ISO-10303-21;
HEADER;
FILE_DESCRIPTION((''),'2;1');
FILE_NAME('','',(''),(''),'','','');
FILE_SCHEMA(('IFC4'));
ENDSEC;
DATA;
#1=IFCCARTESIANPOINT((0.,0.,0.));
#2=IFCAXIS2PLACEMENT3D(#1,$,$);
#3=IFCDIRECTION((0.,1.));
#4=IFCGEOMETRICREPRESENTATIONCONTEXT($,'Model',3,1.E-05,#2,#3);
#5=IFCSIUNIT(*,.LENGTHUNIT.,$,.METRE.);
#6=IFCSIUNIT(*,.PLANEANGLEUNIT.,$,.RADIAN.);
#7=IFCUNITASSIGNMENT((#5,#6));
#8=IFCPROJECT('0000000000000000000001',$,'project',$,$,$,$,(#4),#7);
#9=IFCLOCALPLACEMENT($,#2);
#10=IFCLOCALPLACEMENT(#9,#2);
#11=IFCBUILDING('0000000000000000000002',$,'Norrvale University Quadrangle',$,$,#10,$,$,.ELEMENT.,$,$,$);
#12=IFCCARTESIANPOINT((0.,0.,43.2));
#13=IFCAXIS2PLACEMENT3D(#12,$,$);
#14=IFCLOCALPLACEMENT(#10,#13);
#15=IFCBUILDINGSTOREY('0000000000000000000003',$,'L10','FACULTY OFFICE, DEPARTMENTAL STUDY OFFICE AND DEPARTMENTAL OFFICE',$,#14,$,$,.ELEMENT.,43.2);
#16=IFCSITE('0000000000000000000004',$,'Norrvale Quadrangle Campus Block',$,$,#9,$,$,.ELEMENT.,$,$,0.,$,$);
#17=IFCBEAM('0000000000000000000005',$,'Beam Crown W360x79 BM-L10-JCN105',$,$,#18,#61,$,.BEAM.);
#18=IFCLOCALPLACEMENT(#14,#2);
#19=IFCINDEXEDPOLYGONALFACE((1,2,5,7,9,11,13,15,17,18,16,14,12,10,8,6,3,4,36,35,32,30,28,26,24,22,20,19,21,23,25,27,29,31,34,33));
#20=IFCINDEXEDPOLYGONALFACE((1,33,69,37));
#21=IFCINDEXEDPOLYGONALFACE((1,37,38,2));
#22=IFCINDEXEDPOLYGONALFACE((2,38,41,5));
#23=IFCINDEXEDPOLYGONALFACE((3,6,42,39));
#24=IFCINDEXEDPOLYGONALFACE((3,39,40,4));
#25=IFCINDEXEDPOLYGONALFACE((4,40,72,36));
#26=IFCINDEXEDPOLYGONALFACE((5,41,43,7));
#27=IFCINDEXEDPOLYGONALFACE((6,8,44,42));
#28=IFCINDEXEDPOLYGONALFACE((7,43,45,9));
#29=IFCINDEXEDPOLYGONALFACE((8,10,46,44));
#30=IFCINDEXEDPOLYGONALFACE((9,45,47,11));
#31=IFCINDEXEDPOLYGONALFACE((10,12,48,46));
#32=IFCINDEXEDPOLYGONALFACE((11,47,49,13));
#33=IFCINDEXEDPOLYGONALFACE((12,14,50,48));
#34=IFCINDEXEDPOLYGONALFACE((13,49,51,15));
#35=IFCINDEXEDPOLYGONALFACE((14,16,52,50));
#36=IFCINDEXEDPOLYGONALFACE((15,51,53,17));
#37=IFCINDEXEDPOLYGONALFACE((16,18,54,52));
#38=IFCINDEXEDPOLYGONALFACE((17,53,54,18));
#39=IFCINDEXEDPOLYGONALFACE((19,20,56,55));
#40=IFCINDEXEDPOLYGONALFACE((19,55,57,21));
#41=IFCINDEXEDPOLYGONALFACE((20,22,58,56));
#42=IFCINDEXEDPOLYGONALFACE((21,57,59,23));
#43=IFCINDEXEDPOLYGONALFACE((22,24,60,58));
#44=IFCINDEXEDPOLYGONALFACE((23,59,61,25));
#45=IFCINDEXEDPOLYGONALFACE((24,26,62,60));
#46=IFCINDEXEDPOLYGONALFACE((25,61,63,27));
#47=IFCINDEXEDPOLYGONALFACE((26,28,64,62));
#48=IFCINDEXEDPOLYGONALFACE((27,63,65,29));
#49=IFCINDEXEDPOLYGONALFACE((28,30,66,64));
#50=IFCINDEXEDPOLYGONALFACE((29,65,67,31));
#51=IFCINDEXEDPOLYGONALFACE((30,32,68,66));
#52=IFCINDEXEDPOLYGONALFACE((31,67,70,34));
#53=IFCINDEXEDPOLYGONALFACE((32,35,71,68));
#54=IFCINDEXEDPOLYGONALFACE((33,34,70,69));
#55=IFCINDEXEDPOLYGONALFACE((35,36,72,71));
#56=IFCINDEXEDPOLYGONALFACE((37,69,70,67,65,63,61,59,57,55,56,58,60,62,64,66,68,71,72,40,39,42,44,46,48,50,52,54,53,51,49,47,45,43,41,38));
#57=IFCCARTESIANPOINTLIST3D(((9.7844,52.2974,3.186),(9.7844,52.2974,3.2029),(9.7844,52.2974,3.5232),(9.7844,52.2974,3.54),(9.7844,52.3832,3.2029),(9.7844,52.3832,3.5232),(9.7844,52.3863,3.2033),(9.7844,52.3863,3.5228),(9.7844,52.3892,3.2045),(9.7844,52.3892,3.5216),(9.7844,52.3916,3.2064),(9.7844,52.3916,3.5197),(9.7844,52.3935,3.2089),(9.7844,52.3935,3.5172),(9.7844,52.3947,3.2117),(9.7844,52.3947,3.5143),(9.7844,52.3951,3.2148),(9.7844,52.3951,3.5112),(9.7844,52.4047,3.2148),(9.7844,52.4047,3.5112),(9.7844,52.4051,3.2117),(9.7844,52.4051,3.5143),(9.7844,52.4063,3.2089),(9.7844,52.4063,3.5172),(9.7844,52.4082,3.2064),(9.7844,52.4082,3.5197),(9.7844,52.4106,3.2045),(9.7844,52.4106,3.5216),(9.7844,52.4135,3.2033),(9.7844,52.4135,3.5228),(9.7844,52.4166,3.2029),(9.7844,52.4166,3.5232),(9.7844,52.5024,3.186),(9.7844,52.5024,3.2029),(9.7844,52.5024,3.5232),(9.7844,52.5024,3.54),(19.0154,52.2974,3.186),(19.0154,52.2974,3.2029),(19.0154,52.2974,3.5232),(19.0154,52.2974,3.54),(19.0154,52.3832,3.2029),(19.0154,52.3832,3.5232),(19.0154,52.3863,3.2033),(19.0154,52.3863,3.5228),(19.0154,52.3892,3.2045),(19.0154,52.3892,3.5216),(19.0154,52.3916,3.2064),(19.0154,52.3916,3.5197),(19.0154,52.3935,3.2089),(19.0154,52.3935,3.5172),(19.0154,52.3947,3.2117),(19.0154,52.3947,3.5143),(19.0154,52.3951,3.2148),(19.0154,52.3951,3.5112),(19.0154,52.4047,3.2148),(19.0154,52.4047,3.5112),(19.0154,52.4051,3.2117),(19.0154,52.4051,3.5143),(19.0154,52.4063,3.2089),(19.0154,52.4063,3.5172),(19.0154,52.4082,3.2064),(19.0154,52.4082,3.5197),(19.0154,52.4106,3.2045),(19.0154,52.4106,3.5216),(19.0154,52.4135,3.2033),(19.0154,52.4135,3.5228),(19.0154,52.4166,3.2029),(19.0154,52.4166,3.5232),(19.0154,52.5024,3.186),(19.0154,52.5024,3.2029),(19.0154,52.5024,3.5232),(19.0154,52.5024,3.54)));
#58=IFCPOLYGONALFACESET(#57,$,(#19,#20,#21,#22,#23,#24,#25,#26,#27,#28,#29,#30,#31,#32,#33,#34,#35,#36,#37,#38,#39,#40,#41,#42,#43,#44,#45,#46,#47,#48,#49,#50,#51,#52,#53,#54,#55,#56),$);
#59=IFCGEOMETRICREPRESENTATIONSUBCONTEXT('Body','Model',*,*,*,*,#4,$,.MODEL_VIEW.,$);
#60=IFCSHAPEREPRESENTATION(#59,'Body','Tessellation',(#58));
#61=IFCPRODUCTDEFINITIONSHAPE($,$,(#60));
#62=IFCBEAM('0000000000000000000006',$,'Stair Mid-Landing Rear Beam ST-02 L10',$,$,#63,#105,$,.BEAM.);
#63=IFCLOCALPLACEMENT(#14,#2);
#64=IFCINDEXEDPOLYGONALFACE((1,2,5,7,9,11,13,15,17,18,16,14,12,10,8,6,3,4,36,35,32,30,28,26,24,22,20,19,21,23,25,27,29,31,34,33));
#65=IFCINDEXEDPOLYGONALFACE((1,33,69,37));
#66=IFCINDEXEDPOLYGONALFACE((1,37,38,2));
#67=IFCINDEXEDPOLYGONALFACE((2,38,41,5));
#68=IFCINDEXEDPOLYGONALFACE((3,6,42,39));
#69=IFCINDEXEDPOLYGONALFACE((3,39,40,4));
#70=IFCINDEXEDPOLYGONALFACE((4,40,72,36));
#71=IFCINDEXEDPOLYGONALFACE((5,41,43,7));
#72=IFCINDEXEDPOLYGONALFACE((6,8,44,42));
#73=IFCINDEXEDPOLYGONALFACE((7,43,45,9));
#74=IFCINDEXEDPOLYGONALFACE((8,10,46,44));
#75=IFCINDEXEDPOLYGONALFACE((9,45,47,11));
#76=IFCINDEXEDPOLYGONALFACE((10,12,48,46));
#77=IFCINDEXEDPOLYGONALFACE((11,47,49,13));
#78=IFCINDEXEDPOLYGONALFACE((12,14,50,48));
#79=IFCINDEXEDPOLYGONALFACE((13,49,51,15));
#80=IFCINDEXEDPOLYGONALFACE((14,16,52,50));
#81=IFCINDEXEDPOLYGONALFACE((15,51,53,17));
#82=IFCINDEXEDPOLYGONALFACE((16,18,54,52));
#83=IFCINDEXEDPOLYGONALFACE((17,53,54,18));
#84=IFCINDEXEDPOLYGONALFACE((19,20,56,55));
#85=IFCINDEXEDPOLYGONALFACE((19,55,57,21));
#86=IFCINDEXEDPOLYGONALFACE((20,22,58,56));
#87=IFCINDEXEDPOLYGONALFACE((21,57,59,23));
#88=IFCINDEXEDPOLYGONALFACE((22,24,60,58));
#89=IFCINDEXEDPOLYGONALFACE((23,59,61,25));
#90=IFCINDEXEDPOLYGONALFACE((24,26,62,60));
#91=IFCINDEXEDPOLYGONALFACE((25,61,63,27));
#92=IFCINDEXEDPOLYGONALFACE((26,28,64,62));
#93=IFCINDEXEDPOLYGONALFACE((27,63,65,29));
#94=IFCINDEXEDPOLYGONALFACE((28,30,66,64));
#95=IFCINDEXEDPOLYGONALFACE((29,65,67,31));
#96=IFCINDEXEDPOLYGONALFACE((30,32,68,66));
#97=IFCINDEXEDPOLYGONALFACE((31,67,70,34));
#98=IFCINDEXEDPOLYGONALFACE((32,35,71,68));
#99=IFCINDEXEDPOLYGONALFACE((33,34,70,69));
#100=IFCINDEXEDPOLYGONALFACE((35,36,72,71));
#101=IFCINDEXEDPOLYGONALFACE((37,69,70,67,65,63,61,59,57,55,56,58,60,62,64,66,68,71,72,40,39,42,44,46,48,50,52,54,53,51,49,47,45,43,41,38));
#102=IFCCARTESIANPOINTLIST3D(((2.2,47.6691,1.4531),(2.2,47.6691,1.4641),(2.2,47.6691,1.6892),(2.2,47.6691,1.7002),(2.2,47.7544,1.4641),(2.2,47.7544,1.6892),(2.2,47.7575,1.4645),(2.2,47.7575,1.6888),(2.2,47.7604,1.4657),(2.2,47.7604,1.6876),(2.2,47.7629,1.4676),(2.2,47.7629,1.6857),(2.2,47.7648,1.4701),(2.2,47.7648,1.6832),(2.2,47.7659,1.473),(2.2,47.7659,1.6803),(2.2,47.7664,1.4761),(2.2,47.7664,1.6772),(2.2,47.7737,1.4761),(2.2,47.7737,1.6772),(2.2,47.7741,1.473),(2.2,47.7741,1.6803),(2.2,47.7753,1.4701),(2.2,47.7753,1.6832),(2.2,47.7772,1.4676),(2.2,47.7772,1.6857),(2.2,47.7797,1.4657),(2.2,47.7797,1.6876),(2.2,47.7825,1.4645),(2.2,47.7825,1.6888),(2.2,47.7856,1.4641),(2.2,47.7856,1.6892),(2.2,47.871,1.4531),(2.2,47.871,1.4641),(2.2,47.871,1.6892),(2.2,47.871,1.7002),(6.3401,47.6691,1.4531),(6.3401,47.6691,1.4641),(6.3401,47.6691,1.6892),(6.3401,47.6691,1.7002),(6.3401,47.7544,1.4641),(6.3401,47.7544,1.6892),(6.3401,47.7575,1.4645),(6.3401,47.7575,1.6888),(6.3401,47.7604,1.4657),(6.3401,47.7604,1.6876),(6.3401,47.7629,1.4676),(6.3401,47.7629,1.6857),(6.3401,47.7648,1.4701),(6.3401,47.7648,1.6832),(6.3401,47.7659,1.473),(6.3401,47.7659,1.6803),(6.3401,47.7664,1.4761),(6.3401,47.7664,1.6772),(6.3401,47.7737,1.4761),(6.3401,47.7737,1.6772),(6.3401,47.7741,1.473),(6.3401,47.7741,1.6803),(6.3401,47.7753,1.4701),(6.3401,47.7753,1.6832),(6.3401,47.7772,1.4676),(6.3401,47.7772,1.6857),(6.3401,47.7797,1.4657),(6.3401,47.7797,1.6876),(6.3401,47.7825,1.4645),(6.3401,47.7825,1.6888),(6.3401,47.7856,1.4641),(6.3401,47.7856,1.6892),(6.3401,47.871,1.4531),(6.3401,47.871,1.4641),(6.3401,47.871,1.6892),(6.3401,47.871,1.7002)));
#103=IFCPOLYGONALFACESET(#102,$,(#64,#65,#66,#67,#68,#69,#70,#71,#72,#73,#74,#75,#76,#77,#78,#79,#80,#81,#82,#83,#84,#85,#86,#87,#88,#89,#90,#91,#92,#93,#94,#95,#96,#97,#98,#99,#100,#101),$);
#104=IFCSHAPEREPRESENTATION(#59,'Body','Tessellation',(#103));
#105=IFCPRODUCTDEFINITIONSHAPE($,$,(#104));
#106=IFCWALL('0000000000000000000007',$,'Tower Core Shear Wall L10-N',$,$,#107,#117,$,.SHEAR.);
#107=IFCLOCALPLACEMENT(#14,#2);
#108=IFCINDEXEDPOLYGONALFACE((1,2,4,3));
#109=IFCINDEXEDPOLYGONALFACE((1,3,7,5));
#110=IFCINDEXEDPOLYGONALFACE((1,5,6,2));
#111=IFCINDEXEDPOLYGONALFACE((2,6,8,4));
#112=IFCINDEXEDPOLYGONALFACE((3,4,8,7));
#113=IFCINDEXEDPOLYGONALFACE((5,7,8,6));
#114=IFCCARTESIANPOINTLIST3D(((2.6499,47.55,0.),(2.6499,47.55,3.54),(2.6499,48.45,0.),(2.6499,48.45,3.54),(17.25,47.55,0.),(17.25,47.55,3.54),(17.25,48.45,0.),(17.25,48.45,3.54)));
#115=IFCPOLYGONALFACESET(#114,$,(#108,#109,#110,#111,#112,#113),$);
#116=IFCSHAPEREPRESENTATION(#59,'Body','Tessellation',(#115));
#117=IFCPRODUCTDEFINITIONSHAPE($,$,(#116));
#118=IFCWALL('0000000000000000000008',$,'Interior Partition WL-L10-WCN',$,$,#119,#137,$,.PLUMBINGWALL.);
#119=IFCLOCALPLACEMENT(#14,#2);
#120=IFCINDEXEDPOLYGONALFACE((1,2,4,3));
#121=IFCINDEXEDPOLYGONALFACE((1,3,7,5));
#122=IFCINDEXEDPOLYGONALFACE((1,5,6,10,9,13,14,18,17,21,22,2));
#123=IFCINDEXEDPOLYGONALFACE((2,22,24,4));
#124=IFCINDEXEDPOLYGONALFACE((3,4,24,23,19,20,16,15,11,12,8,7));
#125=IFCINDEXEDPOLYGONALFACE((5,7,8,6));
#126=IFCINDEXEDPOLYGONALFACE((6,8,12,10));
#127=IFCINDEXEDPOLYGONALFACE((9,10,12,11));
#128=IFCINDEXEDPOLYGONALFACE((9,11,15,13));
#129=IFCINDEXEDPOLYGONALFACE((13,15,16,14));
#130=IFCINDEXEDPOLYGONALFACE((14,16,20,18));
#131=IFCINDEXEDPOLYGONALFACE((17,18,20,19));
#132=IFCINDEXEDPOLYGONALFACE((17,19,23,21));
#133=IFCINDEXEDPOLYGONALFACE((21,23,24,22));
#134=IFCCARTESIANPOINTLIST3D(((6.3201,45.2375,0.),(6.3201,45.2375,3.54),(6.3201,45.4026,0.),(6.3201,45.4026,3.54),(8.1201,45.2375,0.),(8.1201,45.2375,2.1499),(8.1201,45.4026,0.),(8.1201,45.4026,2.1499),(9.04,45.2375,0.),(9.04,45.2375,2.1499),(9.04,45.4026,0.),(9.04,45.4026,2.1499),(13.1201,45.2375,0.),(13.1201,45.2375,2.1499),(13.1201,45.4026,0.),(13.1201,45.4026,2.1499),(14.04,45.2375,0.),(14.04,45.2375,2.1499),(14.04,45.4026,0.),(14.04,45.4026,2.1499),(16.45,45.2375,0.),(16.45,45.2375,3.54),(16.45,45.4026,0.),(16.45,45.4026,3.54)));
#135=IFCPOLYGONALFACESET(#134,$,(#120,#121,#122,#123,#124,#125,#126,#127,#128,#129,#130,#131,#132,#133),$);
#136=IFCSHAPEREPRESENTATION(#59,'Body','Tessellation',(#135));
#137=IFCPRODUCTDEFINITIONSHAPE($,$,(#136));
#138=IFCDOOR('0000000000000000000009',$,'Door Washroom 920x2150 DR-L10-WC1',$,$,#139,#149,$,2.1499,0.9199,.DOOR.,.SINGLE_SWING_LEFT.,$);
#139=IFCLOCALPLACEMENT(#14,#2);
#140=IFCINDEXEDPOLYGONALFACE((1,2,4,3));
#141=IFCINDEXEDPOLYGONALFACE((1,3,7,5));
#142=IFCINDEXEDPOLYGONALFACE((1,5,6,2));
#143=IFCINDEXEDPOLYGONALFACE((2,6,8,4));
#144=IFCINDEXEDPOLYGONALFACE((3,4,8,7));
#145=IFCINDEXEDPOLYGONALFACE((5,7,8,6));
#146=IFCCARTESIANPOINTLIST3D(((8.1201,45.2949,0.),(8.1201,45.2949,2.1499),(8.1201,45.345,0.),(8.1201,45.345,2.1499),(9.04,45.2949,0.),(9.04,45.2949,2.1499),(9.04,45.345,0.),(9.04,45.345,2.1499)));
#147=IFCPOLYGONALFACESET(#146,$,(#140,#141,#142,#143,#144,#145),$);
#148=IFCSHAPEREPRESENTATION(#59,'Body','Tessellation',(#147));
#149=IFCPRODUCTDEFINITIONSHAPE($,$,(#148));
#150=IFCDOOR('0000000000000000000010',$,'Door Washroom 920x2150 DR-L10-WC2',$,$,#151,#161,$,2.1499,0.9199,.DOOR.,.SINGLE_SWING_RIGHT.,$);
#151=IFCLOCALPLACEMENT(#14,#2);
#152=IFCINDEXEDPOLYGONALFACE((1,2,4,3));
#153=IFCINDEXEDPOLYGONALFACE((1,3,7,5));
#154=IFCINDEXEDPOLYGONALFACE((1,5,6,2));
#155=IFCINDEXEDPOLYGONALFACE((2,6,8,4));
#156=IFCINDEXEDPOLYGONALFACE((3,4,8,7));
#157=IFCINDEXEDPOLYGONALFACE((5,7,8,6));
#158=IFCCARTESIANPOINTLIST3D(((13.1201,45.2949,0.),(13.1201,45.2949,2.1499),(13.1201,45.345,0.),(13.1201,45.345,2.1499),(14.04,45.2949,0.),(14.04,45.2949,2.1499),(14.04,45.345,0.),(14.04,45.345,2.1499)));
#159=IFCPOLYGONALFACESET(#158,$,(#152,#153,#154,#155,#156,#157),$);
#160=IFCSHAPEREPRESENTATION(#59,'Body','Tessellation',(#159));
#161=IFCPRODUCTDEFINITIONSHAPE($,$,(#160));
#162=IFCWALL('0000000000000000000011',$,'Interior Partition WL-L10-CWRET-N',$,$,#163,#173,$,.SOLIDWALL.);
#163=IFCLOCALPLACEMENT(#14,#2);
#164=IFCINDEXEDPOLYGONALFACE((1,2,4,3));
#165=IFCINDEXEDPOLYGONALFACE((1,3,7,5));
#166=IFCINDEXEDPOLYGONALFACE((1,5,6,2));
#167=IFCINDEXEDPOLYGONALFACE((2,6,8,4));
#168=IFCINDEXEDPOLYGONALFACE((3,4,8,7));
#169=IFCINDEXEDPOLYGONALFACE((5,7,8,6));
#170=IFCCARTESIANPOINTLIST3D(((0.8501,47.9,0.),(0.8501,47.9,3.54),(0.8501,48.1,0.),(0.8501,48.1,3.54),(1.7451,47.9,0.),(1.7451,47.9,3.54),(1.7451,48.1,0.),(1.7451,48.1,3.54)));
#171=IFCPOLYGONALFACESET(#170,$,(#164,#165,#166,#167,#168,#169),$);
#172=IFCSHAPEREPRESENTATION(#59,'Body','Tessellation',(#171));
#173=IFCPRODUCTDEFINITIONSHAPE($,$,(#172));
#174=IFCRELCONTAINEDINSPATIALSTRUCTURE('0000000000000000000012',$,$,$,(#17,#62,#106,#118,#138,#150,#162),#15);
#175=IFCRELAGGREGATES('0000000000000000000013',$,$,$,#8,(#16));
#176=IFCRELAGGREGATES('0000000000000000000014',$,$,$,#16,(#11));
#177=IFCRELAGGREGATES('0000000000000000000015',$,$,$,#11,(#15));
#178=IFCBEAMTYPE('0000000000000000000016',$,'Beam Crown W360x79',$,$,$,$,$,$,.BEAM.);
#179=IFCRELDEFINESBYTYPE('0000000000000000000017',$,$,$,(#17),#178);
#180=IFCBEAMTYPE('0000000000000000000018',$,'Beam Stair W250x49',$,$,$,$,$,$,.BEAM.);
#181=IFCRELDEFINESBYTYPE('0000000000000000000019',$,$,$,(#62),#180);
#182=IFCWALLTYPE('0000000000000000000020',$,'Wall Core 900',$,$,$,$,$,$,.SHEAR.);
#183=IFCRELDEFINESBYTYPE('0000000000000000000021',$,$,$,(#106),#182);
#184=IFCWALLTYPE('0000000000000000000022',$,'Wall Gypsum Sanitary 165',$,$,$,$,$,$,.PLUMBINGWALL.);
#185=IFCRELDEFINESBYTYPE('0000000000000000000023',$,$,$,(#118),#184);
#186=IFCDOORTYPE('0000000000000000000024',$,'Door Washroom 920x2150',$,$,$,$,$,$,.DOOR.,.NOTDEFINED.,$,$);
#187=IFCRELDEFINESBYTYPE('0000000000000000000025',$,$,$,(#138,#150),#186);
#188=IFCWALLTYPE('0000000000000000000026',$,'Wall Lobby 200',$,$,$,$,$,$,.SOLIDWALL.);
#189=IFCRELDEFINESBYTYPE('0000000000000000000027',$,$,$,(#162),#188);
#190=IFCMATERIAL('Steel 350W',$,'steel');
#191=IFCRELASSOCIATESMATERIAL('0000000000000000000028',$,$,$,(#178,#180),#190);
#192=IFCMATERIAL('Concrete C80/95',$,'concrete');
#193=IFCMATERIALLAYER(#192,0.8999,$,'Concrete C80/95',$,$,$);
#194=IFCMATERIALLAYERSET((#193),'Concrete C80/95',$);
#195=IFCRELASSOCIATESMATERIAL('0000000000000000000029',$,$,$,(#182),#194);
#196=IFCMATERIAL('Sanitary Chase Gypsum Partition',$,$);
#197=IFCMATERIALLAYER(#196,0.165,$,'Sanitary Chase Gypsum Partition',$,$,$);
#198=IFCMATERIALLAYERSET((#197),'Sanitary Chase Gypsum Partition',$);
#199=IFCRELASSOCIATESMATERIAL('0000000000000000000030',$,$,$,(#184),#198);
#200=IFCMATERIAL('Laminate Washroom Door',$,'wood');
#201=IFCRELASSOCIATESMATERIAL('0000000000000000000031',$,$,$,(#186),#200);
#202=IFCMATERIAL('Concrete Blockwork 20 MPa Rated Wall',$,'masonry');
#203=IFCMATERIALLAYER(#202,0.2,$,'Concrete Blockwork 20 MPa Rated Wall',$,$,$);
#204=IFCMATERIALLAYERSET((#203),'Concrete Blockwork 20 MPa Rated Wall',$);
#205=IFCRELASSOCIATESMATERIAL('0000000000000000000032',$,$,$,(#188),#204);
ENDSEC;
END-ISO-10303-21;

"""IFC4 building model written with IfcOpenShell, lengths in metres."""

from ifc_helpers import new_model, si_unit, direction, frame, frame_2d, origin, origin_2d, place, context, subcontext, project, spatial, rectangle, i_section, extrude, material, layer, layer_set, material_profile, profile_set, type_object, element, fill, save


model = new_model("IFC4")

# Units and contexts
model_context = context("Model", 3, precision=1e-05, world=origin(), true_north=direction((0.0, 1.0)))
body_context = subcontext(model_context, "Body", "Model", "MODEL_VIEW")
ifc_project = project(units=[si_unit("LENGTHUNIT", "METRE"), si_unit("PLANEANGLEUNIT", "RADIAN")], contexts=[model_context])

# Site, building, storey
site_placement = place(None, origin())
site = spatial("IfcSite", under=ifc_project, at=site_placement, Name="Norrvale Quadrangle Campus Block", CompositionType="ELEMENT", RefElevation=0.0)
building_placement = place(site_placement, origin())
building = spatial("IfcBuilding", under=site, at=building_placement, Name="Norrvale University Quadrangle", CompositionType="ELEMENT")
storey_placement = place(building_placement, frame((0.0, 0.0, 43.2)))
storey = spatial("IfcBuildingStorey", under=building, at=storey_placement, Name="L10", Description="FACULTY OFFICE, DEPARTMENTAL STUDY OFFICE AND DEPARTMENTAL OFFICE", CompositionType="ELEMENT", Elevation=43.2)

# Shared definitions
ifc_material_1 = material(Name="Concrete C80/95", Category="concrete")

# Beams
ifc_material_2 = material(Name="Steel 350W", Category="steel")
ifc_material_profile_1 = material_profile(ifc_material_2, i_section(OverallWidth=0.2051, OverallDepth=0.354, WebThickness=0.0095, FlangeThickness=0.0168, FilletRadius=0.012, at=origin_2d()), Name="Steel 350W")
ifc_profile_set_1 = profile_set([ifc_material_profile_1], Name="Steel 350W")
beam_type_1 = type_object("IfcBeamType", Name="Beam Crown W360x79", PredefinedType="BEAM", material=ifc_profile_set_1)
beam_1_placement = place(storey_placement, frame((9.7844, 52.3999, 3.363), z_axis=(1.0, 0.0, 0.0), x_axis=(0.0, 1.0, 0.0)))
element("IfcBeam", 1, at=beam_1_placement, inside=storey, type_object=beam_type_1, Name="Beam Crown W360x79 BM-L10-JCN105", PredefinedType="BEAM", context=body_context, shape_type="SweptSolid", body=[
    extrude(i_section(OverallWidth=0.2051, OverallDepth=0.354, WebThickness=0.0095, FlangeThickness=0.0168, FilletRadius=0.012, at=origin_2d()), origin(), (0.0, 0.0, 1.0), 9.231),
])
ifc_material_profile_2 = material_profile(ifc_material_2, i_section(OverallWidth=0.2019, OverallDepth=0.2471, WebThickness=0.0073, FlangeThickness=0.011, FilletRadius=0.012, at=origin_2d()), Name="Steel 350W")
ifc_profile_set_2 = profile_set([ifc_material_profile_2], Name="Steel 350W")
beam_type_2 = type_object("IfcBeamType", Name="Beam Stair W250x49", PredefinedType="BEAM", material=ifc_profile_set_2)
beam_2_placement = place(storey_placement, frame((2.2, 47.77, 1.5767), z_axis=(1.0, 0.0, 0.0), x_axis=(0.0, 1.0, 0.0)))
element("IfcBeam", 2, at=beam_2_placement, inside=storey, type_object=beam_type_2, Name="Stair Mid-Landing Rear Beam ST-02 L10", PredefinedType="BEAM", context=body_context, shape_type="SweptSolid", body=[
    extrude(i_section(OverallWidth=0.2019, OverallDepth=0.2471, WebThickness=0.0073, FlangeThickness=0.011, FilletRadius=0.012, at=origin_2d()), origin(), (0.0, 0.0, 1.0), 4.1401),
])

# Wall
ifc_layer_1 = layer(ifc_material_1, 0.8999, Name="Concrete C80/95")
ifc_layer_set_1 = layer_set([ifc_layer_1], Name="Concrete C80/95")
wall_type_1 = type_object("IfcWallType", Name="Wall Core 900", PredefinedType="SHEAR", material=ifc_layer_set_1)
wall_1_placement = place(storey_placement, frame((2.6499, 48.0, 0.0), z_axis=(0.0, 0.0, 1.0), x_axis=(1.0, 0.0, 0.0)))
element("IfcWall", 3, at=wall_1_placement, inside=storey, type_object=wall_type_1, Name="Tower Core Shear Wall L10-N", PredefinedType="SHEAR", context=body_context, shape_type="SweptSolid", body=[
    extrude(rectangle(XDim=14.6001, YDim=0.8999, at=frame_2d((7.3, 0.0))), origin(), (0.0, 0.0, 1.0), 3.54),
])

# Wall, openings, doors
ifc_material_3 = material(Name="Sanitary Chase Gypsum Partition")
ifc_layer_2 = layer(ifc_material_3, 0.165, Name="Sanitary Chase Gypsum Partition")
ifc_layer_set_2 = layer_set([ifc_layer_2], Name="Sanitary Chase Gypsum Partition")
wall_type_2 = type_object("IfcWallType", Name="Wall Gypsum Sanitary 165", PredefinedType="PLUMBINGWALL", material=ifc_layer_set_2)
wall_2_placement = place(storey_placement, frame((6.3201, 45.3201, 0.0), z_axis=(0.0, 0.0, 1.0), x_axis=(1.0, 0.0, 0.0)))
wall_2 = element("IfcWall", 4, at=wall_2_placement, inside=storey, type_object=wall_type_2, Name="Interior Partition WL-L10-WCN", PredefinedType="PLUMBINGWALL", context=body_context, shape_type="SweptSolid", body=[
    extrude(rectangle(XDim=10.1299, YDim=0.165, at=frame_2d((5.0649, 0.0))), origin(), (0.0, 0.0, 1.0), 3.54),
])
opening_1_placement = place(wall_2_placement, frame((1.8, 0.0, 0.0)))
opening_1 = element("IfcOpeningElement", 5, at=opening_1_placement, cuts=wall_2, PredefinedType="OPENING", context=body_context, shape_type="SweptSolid", body=[
    extrude(rectangle(XDim=0.9199, YDim=2.1499, at=frame_2d((0.46, 1.075))), frame((0.0, 0.0945, 0.0), z_axis=(0.0, -1.0, 0.0), x_axis=(1.0, 0.0, 0.0)), (0.0, 0.0, 1.0), 0.189),
])
opening_2_placement = place(wall_2_placement, frame((6.8, 0.0, 0.0)))
opening_2 = element("IfcOpeningElement", 6, at=opening_2_placement, cuts=wall_2, PredefinedType="OPENING", context=body_context, shape_type="SweptSolid", body=[
    extrude(rectangle(XDim=0.9199, YDim=2.1499, at=frame_2d((0.46, 1.075))), frame((0.0, 0.0945, 0.0), z_axis=(0.0, -1.0, 0.0), x_axis=(1.0, 0.0, 0.0)), (0.0, 0.0, 1.0), 0.189),
])
ifc_material_4 = material(Name="Laminate Washroom Door", Category="wood")
door_type = type_object("IfcDoorType", Name="Door Washroom 920x2150", OperationType="NOTDEFINED", PredefinedType="DOOR", material=ifc_material_4)
door_1_placement = place(opening_1_placement, origin())
door_1 = element("IfcDoor", 7, at=door_1_placement, inside=storey, type_object=door_type, Name="Door Washroom 920x2150 DR-L10-WC1", OperationType="SINGLE_SWING_LEFT", OverallHeight=2.1499, OverallWidth=0.9199, PredefinedType="DOOR", context=body_context, shape_type="SweptSolid", body=[
    extrude(rectangle(XDim=0.9199, YDim=2.1499, at=frame_2d((0.46, 1.075))), frame((0.0, 0.0249, 0.0), z_axis=(0.0, -1.0, 0.0), x_axis=(1.0, 0.0, 0.0)), (0.0, 0.0, 1.0), 0.05),
])
fill(opening_1, door_1)
door_2_placement = place(opening_2_placement, origin())
door_2 = element("IfcDoor", 8, at=door_2_placement, inside=storey, type_object=door_type, Name="Door Washroom 920x2150 DR-L10-WC2", OperationType="SINGLE_SWING_RIGHT", OverallHeight=2.1499, OverallWidth=0.9199, PredefinedType="DOOR", context=body_context, shape_type="SweptSolid", body=[
    extrude(rectangle(XDim=0.9199, YDim=2.1499, at=frame_2d((0.46, 1.075))), frame((0.0, 0.0249, 0.0), z_axis=(0.0, -1.0, 0.0), x_axis=(1.0, 0.0, 0.0)), (0.0, 0.0, 1.0), 0.05),
])
fill(opening_2, door_2)

# Wall
ifc_material_5 = material(Name="Concrete Blockwork 20 MPa Rated Wall", Category="masonry")
ifc_layer_3 = layer(ifc_material_5, 0.2, Name="Concrete Blockwork 20 MPa Rated Wall")
ifc_layer_set_3 = layer_set([ifc_layer_3], Name="Concrete Blockwork 20 MPa Rated Wall")
wall_type_3 = type_object("IfcWallType", Name="Wall Lobby 200", PredefinedType="SOLIDWALL", material=ifc_layer_set_3)
wall_3_placement = place(storey_placement, frame((0.8501, 48.0, 0.0), z_axis=(0.0, 0.0, 1.0), x_axis=(1.0, 0.0, 0.0)))
element("IfcWall", 9, at=wall_3_placement, inside=storey, type_object=wall_type_3, Name="Interior Partition WL-L10-CWRET-N", PredefinedType="SOLIDWALL", context=body_context, shape_type="SweptSolid", body=[
    extrude(rectangle(XDim=0.895, YDim=0.2, at=frame_2d((0.4475, 0.0))), origin(), (0.0, 0.0, 1.0), 3.54),
])

save(model, "model.ifc")
